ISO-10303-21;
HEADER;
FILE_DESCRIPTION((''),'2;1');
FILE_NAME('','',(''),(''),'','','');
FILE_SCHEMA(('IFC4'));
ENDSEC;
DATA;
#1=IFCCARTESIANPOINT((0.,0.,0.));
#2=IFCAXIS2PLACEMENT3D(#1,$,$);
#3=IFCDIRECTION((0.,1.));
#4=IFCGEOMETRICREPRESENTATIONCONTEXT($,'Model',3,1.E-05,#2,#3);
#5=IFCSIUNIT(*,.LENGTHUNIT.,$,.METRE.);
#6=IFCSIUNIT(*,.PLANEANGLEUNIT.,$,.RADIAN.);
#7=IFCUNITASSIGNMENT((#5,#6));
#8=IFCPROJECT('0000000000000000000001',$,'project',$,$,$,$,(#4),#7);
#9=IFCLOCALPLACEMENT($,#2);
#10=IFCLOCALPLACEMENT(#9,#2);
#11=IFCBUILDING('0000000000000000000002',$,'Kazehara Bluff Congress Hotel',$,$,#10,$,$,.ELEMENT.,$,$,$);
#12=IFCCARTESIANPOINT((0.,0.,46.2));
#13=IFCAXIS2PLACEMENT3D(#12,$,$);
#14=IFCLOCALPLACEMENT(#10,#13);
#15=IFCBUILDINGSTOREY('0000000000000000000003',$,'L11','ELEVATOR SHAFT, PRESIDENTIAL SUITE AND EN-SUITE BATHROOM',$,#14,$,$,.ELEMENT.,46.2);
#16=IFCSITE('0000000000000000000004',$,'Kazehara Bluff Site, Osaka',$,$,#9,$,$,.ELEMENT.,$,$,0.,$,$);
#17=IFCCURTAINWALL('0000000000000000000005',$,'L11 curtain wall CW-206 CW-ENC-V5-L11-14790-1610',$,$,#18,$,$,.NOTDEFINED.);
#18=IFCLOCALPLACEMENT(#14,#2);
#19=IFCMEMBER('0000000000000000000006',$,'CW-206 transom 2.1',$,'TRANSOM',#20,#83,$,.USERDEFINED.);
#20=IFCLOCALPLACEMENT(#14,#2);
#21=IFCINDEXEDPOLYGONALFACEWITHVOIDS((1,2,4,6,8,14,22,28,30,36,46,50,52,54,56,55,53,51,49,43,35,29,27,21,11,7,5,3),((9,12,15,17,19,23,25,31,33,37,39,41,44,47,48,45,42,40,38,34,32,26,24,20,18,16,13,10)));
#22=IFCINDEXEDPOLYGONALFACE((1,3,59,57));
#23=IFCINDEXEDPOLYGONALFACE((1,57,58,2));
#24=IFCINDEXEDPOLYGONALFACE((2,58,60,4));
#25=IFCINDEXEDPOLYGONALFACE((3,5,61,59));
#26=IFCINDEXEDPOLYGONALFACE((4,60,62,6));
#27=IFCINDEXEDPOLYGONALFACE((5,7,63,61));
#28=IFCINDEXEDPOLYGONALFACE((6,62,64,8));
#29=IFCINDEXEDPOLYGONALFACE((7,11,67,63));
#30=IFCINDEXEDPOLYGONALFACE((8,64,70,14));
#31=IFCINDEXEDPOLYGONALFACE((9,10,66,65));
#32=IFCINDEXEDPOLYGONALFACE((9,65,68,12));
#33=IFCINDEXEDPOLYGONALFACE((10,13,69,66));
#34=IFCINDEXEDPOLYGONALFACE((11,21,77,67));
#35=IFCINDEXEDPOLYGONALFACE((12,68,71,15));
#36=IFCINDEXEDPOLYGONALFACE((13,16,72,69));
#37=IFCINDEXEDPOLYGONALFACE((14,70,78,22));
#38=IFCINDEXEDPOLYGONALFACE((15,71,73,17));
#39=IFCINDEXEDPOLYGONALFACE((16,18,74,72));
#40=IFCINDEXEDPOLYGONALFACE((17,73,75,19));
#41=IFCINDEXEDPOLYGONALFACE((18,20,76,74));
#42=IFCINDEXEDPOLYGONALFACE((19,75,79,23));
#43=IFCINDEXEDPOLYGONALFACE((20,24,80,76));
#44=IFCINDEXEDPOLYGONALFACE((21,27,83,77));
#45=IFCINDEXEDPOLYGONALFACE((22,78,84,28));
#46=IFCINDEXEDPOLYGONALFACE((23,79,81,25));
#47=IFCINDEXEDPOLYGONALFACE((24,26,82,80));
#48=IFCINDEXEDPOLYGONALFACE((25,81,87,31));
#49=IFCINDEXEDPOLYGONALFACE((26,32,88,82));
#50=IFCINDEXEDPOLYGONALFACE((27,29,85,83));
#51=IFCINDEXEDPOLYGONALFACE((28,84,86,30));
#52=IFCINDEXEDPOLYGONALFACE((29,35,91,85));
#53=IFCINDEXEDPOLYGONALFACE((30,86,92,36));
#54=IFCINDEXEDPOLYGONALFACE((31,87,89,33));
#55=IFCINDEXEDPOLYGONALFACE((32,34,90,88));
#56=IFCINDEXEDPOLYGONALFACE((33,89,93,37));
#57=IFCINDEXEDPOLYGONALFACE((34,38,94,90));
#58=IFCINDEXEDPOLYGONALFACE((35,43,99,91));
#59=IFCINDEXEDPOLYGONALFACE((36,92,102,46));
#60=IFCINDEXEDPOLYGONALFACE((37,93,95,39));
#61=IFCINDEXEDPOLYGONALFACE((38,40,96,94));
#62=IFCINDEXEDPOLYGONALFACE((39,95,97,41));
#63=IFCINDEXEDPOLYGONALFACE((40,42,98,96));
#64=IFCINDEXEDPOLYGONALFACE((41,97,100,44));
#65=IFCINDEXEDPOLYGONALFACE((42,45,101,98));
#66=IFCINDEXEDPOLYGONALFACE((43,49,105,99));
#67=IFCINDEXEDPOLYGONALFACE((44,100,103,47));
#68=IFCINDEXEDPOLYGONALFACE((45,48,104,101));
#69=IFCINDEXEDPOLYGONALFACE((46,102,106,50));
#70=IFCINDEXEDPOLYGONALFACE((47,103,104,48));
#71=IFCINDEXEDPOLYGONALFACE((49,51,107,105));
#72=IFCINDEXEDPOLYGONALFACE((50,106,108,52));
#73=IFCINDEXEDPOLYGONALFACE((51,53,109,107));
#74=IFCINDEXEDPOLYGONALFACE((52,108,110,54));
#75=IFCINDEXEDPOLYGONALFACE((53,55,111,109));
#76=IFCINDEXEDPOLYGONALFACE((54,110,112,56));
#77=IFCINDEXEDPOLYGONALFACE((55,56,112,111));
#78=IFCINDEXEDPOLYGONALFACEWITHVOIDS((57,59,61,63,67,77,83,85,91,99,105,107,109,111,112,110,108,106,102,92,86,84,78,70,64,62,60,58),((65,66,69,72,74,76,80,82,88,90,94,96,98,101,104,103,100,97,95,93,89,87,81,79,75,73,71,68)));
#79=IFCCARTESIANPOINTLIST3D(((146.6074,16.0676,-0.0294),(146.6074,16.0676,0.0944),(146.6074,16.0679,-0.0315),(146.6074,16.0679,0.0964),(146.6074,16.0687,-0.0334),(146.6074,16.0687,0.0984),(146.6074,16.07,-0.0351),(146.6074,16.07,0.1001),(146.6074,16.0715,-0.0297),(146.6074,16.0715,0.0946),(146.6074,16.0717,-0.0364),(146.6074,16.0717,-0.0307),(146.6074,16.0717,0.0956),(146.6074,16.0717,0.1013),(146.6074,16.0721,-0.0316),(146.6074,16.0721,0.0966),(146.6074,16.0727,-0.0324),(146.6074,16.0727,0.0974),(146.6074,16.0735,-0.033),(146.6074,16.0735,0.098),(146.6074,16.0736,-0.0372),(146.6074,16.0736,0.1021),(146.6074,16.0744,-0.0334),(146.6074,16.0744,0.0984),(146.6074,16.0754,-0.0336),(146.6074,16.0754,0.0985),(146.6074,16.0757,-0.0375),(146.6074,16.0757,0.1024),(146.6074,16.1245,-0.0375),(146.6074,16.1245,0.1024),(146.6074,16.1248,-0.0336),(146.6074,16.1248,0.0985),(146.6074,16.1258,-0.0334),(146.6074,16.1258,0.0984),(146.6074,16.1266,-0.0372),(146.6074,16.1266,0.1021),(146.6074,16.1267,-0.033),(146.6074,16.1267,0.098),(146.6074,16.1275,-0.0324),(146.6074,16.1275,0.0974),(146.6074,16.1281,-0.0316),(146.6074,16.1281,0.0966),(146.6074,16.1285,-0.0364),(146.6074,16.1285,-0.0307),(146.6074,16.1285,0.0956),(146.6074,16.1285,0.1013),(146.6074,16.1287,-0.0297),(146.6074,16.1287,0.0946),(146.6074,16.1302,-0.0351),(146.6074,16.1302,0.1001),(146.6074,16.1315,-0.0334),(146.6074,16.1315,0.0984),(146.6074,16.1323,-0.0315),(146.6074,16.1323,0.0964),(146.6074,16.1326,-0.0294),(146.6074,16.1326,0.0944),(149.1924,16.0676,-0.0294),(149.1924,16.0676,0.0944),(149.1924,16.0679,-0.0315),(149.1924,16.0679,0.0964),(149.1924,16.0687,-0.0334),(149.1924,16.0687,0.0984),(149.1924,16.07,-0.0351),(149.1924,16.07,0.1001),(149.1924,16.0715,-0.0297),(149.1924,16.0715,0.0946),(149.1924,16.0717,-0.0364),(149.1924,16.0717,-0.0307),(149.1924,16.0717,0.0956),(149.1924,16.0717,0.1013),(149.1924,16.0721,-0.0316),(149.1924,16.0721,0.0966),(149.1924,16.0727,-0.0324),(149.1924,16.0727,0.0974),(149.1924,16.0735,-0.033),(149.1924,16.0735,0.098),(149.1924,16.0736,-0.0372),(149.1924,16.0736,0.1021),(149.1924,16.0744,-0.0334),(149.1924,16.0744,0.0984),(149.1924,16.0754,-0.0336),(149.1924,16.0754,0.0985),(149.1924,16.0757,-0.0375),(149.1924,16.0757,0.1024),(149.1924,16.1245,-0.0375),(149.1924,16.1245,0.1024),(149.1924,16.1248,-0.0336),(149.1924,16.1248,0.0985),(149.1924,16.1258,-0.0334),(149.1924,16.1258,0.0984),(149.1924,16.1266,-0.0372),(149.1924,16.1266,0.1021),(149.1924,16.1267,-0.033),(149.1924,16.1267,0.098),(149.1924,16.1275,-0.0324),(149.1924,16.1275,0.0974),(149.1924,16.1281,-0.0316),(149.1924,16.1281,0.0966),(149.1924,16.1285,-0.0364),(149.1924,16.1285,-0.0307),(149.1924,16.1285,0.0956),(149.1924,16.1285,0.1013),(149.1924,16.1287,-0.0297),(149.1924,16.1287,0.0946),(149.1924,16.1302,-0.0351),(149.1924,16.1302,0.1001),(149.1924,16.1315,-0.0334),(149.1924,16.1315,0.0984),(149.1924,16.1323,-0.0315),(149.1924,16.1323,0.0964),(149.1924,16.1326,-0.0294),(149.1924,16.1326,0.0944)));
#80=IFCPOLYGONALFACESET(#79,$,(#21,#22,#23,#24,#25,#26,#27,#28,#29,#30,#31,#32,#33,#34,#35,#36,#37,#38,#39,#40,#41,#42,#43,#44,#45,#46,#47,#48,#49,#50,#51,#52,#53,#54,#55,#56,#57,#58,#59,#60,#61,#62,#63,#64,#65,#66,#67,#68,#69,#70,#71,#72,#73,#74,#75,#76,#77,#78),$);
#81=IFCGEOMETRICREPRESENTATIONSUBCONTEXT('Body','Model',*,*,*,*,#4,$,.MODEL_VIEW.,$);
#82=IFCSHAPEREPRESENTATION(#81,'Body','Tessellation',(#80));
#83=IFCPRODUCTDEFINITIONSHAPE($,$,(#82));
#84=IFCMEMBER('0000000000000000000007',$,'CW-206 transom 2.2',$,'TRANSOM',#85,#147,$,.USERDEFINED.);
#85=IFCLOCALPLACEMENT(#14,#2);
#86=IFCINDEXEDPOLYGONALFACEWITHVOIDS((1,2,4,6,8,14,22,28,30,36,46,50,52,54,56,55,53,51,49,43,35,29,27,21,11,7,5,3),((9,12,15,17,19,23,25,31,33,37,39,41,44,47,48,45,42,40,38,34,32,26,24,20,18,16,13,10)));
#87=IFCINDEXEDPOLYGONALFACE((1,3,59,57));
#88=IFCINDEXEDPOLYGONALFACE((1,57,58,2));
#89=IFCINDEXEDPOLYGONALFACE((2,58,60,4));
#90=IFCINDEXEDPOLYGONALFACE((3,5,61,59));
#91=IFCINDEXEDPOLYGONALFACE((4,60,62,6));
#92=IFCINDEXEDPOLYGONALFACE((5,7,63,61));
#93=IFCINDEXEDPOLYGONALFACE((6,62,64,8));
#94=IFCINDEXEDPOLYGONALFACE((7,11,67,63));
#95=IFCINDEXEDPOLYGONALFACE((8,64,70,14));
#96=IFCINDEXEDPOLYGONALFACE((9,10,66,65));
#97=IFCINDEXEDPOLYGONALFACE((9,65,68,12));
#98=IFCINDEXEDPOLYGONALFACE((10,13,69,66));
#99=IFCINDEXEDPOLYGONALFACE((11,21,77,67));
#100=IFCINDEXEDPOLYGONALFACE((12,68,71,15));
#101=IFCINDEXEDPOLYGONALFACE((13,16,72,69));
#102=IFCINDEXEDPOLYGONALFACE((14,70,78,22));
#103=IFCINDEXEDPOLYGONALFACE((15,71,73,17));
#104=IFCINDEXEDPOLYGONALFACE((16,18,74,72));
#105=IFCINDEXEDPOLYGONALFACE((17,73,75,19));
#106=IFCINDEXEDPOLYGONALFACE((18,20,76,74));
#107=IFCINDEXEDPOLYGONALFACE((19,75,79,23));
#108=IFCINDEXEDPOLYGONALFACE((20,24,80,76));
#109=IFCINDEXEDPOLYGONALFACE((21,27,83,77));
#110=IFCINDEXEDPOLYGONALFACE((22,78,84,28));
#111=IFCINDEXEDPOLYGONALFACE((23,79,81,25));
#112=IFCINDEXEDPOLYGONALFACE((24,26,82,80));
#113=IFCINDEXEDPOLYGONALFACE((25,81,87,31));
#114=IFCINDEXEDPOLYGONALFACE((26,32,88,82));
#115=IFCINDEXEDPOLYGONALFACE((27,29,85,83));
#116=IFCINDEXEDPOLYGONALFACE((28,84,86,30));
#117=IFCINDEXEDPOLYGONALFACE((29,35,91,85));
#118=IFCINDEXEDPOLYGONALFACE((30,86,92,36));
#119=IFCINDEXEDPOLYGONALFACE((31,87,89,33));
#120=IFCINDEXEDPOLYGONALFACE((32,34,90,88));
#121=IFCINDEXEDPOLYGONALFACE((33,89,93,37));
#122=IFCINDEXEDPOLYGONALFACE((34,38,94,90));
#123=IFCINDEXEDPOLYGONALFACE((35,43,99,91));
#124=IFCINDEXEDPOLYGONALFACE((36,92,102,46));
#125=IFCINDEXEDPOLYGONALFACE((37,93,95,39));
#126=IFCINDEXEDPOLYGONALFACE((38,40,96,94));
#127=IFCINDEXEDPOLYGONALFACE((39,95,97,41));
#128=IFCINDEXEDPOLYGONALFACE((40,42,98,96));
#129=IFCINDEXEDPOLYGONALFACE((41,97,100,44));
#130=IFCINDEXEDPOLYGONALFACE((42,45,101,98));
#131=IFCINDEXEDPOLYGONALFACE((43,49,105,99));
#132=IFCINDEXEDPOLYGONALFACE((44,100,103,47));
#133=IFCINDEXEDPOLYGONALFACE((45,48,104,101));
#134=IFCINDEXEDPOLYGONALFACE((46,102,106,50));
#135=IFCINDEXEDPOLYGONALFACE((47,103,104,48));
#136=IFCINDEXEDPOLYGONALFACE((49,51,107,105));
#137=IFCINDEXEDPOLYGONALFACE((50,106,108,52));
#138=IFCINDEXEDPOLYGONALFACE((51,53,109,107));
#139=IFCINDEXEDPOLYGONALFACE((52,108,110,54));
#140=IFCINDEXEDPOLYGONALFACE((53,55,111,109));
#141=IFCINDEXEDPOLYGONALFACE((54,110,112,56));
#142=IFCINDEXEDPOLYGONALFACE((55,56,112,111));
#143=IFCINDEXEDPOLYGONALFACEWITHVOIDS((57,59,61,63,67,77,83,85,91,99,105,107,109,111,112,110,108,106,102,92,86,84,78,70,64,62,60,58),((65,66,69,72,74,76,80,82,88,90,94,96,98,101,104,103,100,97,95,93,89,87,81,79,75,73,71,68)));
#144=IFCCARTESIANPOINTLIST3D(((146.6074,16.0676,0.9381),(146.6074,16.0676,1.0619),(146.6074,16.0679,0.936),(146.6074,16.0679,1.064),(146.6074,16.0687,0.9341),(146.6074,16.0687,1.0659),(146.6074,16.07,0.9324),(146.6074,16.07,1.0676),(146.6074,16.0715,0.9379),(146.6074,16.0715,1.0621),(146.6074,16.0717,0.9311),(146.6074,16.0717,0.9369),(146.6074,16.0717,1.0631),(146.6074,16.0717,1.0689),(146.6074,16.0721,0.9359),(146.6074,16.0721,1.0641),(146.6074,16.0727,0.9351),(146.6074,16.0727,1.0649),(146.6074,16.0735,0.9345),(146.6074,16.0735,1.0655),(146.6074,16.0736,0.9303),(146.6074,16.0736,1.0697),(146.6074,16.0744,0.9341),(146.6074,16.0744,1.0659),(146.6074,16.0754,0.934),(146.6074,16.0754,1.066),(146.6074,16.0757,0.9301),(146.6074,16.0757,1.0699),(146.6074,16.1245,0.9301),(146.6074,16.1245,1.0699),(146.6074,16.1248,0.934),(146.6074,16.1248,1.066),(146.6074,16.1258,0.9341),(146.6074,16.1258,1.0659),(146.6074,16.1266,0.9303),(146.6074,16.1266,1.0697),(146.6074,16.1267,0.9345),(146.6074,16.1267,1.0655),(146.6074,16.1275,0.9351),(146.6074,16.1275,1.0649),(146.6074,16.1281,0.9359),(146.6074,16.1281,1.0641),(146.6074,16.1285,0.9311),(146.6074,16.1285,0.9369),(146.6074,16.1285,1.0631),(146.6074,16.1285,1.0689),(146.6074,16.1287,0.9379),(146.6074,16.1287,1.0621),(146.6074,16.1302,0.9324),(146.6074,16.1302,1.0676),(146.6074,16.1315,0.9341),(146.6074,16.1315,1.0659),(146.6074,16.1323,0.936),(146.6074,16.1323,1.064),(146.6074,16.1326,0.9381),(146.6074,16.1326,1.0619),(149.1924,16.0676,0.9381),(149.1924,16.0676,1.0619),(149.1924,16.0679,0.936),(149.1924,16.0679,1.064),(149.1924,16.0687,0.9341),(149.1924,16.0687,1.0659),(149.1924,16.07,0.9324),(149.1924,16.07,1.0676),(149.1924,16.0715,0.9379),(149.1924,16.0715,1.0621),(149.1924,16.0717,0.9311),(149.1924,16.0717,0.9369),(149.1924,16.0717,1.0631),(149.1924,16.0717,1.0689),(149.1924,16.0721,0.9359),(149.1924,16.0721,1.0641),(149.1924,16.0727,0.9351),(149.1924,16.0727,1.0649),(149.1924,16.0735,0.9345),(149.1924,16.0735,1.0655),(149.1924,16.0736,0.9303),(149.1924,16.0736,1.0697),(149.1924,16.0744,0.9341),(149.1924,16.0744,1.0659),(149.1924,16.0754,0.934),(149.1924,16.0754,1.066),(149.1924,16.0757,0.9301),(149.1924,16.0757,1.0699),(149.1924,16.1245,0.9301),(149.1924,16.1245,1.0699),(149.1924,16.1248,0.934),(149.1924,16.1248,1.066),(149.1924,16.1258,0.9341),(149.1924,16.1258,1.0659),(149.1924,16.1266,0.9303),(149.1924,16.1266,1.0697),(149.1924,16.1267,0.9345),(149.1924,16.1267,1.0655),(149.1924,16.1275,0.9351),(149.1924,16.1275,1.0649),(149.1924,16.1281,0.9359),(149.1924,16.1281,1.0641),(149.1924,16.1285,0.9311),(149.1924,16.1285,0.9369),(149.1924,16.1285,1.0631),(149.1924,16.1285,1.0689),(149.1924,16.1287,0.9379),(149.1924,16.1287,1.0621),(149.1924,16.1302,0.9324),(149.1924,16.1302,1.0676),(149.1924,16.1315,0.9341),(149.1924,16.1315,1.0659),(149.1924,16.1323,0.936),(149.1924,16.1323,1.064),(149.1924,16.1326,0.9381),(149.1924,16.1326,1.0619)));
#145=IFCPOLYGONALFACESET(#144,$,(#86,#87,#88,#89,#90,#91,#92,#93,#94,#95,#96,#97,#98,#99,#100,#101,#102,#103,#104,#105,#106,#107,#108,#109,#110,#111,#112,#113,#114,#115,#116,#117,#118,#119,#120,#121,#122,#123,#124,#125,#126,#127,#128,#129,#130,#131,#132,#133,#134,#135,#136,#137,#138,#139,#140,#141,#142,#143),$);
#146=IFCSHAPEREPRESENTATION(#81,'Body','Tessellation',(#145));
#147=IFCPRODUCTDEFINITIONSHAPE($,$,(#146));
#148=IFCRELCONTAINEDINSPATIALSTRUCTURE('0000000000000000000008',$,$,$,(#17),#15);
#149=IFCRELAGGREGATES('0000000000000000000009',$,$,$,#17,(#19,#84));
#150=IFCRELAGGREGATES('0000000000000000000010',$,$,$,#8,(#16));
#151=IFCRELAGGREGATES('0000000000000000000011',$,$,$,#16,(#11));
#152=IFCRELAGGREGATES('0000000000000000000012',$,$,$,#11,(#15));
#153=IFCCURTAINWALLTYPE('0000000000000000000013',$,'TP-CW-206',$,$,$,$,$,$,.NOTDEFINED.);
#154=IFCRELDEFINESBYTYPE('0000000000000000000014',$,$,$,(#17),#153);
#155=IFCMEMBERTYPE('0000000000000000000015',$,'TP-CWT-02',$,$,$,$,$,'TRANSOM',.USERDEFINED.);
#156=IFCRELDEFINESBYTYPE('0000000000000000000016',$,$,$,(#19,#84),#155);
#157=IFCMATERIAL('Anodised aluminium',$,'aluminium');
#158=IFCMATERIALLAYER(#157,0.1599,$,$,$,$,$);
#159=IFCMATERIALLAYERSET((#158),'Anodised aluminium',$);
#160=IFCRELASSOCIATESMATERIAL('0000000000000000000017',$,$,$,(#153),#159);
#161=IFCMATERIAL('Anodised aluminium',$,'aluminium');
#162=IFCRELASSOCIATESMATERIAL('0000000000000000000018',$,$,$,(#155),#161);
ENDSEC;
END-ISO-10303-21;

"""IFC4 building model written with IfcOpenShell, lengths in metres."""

from ifc_helpers import new_model, si_unit, direction, frame, origin, origin_2d, place, context, subcontext, project, spatial, hollow_rectangle, extrude, material, layer, layer_set, material_profile, profile_set, type_object, element, aggregate, save


model = new_model("IFC4")

# Units and contexts
model_context = context("Model", 3, precision=1e-05, world=origin(), true_north=direction((0.0, 1.0)))
body_context = subcontext(model_context, "Body", "Model", "MODEL_VIEW")
ifc_project = project(units=[si_unit("LENGTHUNIT", "METRE"), si_unit("PLANEANGLEUNIT", "RADIAN")], contexts=[model_context])

# Site, building, storey
site_placement = place(None, origin())
site = spatial("IfcSite", under=ifc_project, at=site_placement, Name="Kazehara Bluff Site, Osaka", CompositionType="ELEMENT", RefElevation=0.0)
building_placement = place(site_placement, origin())
building = spatial("IfcBuilding", under=site, at=building_placement, Name="Kazehara Bluff Congress Hotel", CompositionType="ELEMENT")
storey_placement = place(building_placement, frame((0.0, 0.0, 46.2)))
storey = spatial("IfcBuildingStorey", under=building, at=storey_placement, Name="L11", Description="ELEVATOR SHAFT, PRESIDENTIAL SUITE AND EN-SUITE BATHROOM", CompositionType="ELEMENT", Elevation=46.2)

# Curtain wall, members
ifc_material_1 = material(Name="Anodised aluminium", Category="aluminium")
ifc_layer_1 = layer(ifc_material_1, 0.1599)
ifc_layer_set_1 = layer_set([ifc_layer_1], Name="Anodised aluminium")
curtain_wall_type = type_object("IfcCurtainWallType", Name="TP-CW-206", PredefinedType="NOTDEFINED", material=ifc_layer_set_1)
curtain_wall_placement = place(storey_placement, origin())
curtain_wall = element("IfcCurtainWall", 1, at=curtain_wall_placement, inside=storey, type_object=curtain_wall_type, Name="L11 curtain wall CW-206 CW-ENC-V5-L11-14790-1610", PredefinedType="NOTDEFINED")
ifc_material_2 = material(Name="Anodised aluminium", Category="aluminium")
ifc_material_profile_1 = material_profile(ifc_material_2, hollow_rectangle(XDim=0.0649, YDim=0.1399, WallThickness=0.0039, InnerFilletRadius=0.0039, OuterFilletRadius=0.0081, at=origin_2d()))
ifc_profile_set_1 = profile_set([ifc_material_profile_1], Name="Anodised aluminium")
member_type_1 = type_object("IfcMemberType", Name="TP-CWT-02", ElementType="TRANSOM", PredefinedType="USERDEFINED", material=ifc_profile_set_1)
member_1_placement = place(storey_placement, frame((149.1924, 16.1001, 0.0325), z_axis=(-1.0, 0.0, 0.0), x_axis=(0.0, -1.0, 0.0)))
member_1 = element("IfcMember", 2, at=member_1_placement, type_object=member_type_1, Name="CW-206 transom 2.1", ObjectType="TRANSOM", PredefinedType="USERDEFINED", context=body_context, shape_type="SweptSolid", body=[
    extrude(hollow_rectangle(XDim=0.0649, YDim=0.1399, WallThickness=0.0039, InnerFilletRadius=0.0039, OuterFilletRadius=0.0081, at=origin_2d()), origin(), (0.0, 0.0, 1.0), 2.585),
])
member_2_placement = place(storey_placement, frame((149.1924, 16.1001, 1.0), z_axis=(-1.0, 0.0, 0.0), x_axis=(0.0, -1.0, 0.0)))
member_2 = element("IfcMember", 3, at=member_2_placement, type_object=member_type_1, Name="CW-206 transom 2.2", ObjectType="TRANSOM", PredefinedType="USERDEFINED", context=body_context, shape_type="SweptSolid", body=[
    extrude(hollow_rectangle(XDim=0.0649, YDim=0.1399, WallThickness=0.0039, InnerFilletRadius=0.0039, OuterFilletRadius=0.0081, at=origin_2d()), origin(), (0.0, 0.0, 1.0), 2.585),
])
aggregate(curtain_wall, [member_1, member_2])

save(model, "model.ifc")
